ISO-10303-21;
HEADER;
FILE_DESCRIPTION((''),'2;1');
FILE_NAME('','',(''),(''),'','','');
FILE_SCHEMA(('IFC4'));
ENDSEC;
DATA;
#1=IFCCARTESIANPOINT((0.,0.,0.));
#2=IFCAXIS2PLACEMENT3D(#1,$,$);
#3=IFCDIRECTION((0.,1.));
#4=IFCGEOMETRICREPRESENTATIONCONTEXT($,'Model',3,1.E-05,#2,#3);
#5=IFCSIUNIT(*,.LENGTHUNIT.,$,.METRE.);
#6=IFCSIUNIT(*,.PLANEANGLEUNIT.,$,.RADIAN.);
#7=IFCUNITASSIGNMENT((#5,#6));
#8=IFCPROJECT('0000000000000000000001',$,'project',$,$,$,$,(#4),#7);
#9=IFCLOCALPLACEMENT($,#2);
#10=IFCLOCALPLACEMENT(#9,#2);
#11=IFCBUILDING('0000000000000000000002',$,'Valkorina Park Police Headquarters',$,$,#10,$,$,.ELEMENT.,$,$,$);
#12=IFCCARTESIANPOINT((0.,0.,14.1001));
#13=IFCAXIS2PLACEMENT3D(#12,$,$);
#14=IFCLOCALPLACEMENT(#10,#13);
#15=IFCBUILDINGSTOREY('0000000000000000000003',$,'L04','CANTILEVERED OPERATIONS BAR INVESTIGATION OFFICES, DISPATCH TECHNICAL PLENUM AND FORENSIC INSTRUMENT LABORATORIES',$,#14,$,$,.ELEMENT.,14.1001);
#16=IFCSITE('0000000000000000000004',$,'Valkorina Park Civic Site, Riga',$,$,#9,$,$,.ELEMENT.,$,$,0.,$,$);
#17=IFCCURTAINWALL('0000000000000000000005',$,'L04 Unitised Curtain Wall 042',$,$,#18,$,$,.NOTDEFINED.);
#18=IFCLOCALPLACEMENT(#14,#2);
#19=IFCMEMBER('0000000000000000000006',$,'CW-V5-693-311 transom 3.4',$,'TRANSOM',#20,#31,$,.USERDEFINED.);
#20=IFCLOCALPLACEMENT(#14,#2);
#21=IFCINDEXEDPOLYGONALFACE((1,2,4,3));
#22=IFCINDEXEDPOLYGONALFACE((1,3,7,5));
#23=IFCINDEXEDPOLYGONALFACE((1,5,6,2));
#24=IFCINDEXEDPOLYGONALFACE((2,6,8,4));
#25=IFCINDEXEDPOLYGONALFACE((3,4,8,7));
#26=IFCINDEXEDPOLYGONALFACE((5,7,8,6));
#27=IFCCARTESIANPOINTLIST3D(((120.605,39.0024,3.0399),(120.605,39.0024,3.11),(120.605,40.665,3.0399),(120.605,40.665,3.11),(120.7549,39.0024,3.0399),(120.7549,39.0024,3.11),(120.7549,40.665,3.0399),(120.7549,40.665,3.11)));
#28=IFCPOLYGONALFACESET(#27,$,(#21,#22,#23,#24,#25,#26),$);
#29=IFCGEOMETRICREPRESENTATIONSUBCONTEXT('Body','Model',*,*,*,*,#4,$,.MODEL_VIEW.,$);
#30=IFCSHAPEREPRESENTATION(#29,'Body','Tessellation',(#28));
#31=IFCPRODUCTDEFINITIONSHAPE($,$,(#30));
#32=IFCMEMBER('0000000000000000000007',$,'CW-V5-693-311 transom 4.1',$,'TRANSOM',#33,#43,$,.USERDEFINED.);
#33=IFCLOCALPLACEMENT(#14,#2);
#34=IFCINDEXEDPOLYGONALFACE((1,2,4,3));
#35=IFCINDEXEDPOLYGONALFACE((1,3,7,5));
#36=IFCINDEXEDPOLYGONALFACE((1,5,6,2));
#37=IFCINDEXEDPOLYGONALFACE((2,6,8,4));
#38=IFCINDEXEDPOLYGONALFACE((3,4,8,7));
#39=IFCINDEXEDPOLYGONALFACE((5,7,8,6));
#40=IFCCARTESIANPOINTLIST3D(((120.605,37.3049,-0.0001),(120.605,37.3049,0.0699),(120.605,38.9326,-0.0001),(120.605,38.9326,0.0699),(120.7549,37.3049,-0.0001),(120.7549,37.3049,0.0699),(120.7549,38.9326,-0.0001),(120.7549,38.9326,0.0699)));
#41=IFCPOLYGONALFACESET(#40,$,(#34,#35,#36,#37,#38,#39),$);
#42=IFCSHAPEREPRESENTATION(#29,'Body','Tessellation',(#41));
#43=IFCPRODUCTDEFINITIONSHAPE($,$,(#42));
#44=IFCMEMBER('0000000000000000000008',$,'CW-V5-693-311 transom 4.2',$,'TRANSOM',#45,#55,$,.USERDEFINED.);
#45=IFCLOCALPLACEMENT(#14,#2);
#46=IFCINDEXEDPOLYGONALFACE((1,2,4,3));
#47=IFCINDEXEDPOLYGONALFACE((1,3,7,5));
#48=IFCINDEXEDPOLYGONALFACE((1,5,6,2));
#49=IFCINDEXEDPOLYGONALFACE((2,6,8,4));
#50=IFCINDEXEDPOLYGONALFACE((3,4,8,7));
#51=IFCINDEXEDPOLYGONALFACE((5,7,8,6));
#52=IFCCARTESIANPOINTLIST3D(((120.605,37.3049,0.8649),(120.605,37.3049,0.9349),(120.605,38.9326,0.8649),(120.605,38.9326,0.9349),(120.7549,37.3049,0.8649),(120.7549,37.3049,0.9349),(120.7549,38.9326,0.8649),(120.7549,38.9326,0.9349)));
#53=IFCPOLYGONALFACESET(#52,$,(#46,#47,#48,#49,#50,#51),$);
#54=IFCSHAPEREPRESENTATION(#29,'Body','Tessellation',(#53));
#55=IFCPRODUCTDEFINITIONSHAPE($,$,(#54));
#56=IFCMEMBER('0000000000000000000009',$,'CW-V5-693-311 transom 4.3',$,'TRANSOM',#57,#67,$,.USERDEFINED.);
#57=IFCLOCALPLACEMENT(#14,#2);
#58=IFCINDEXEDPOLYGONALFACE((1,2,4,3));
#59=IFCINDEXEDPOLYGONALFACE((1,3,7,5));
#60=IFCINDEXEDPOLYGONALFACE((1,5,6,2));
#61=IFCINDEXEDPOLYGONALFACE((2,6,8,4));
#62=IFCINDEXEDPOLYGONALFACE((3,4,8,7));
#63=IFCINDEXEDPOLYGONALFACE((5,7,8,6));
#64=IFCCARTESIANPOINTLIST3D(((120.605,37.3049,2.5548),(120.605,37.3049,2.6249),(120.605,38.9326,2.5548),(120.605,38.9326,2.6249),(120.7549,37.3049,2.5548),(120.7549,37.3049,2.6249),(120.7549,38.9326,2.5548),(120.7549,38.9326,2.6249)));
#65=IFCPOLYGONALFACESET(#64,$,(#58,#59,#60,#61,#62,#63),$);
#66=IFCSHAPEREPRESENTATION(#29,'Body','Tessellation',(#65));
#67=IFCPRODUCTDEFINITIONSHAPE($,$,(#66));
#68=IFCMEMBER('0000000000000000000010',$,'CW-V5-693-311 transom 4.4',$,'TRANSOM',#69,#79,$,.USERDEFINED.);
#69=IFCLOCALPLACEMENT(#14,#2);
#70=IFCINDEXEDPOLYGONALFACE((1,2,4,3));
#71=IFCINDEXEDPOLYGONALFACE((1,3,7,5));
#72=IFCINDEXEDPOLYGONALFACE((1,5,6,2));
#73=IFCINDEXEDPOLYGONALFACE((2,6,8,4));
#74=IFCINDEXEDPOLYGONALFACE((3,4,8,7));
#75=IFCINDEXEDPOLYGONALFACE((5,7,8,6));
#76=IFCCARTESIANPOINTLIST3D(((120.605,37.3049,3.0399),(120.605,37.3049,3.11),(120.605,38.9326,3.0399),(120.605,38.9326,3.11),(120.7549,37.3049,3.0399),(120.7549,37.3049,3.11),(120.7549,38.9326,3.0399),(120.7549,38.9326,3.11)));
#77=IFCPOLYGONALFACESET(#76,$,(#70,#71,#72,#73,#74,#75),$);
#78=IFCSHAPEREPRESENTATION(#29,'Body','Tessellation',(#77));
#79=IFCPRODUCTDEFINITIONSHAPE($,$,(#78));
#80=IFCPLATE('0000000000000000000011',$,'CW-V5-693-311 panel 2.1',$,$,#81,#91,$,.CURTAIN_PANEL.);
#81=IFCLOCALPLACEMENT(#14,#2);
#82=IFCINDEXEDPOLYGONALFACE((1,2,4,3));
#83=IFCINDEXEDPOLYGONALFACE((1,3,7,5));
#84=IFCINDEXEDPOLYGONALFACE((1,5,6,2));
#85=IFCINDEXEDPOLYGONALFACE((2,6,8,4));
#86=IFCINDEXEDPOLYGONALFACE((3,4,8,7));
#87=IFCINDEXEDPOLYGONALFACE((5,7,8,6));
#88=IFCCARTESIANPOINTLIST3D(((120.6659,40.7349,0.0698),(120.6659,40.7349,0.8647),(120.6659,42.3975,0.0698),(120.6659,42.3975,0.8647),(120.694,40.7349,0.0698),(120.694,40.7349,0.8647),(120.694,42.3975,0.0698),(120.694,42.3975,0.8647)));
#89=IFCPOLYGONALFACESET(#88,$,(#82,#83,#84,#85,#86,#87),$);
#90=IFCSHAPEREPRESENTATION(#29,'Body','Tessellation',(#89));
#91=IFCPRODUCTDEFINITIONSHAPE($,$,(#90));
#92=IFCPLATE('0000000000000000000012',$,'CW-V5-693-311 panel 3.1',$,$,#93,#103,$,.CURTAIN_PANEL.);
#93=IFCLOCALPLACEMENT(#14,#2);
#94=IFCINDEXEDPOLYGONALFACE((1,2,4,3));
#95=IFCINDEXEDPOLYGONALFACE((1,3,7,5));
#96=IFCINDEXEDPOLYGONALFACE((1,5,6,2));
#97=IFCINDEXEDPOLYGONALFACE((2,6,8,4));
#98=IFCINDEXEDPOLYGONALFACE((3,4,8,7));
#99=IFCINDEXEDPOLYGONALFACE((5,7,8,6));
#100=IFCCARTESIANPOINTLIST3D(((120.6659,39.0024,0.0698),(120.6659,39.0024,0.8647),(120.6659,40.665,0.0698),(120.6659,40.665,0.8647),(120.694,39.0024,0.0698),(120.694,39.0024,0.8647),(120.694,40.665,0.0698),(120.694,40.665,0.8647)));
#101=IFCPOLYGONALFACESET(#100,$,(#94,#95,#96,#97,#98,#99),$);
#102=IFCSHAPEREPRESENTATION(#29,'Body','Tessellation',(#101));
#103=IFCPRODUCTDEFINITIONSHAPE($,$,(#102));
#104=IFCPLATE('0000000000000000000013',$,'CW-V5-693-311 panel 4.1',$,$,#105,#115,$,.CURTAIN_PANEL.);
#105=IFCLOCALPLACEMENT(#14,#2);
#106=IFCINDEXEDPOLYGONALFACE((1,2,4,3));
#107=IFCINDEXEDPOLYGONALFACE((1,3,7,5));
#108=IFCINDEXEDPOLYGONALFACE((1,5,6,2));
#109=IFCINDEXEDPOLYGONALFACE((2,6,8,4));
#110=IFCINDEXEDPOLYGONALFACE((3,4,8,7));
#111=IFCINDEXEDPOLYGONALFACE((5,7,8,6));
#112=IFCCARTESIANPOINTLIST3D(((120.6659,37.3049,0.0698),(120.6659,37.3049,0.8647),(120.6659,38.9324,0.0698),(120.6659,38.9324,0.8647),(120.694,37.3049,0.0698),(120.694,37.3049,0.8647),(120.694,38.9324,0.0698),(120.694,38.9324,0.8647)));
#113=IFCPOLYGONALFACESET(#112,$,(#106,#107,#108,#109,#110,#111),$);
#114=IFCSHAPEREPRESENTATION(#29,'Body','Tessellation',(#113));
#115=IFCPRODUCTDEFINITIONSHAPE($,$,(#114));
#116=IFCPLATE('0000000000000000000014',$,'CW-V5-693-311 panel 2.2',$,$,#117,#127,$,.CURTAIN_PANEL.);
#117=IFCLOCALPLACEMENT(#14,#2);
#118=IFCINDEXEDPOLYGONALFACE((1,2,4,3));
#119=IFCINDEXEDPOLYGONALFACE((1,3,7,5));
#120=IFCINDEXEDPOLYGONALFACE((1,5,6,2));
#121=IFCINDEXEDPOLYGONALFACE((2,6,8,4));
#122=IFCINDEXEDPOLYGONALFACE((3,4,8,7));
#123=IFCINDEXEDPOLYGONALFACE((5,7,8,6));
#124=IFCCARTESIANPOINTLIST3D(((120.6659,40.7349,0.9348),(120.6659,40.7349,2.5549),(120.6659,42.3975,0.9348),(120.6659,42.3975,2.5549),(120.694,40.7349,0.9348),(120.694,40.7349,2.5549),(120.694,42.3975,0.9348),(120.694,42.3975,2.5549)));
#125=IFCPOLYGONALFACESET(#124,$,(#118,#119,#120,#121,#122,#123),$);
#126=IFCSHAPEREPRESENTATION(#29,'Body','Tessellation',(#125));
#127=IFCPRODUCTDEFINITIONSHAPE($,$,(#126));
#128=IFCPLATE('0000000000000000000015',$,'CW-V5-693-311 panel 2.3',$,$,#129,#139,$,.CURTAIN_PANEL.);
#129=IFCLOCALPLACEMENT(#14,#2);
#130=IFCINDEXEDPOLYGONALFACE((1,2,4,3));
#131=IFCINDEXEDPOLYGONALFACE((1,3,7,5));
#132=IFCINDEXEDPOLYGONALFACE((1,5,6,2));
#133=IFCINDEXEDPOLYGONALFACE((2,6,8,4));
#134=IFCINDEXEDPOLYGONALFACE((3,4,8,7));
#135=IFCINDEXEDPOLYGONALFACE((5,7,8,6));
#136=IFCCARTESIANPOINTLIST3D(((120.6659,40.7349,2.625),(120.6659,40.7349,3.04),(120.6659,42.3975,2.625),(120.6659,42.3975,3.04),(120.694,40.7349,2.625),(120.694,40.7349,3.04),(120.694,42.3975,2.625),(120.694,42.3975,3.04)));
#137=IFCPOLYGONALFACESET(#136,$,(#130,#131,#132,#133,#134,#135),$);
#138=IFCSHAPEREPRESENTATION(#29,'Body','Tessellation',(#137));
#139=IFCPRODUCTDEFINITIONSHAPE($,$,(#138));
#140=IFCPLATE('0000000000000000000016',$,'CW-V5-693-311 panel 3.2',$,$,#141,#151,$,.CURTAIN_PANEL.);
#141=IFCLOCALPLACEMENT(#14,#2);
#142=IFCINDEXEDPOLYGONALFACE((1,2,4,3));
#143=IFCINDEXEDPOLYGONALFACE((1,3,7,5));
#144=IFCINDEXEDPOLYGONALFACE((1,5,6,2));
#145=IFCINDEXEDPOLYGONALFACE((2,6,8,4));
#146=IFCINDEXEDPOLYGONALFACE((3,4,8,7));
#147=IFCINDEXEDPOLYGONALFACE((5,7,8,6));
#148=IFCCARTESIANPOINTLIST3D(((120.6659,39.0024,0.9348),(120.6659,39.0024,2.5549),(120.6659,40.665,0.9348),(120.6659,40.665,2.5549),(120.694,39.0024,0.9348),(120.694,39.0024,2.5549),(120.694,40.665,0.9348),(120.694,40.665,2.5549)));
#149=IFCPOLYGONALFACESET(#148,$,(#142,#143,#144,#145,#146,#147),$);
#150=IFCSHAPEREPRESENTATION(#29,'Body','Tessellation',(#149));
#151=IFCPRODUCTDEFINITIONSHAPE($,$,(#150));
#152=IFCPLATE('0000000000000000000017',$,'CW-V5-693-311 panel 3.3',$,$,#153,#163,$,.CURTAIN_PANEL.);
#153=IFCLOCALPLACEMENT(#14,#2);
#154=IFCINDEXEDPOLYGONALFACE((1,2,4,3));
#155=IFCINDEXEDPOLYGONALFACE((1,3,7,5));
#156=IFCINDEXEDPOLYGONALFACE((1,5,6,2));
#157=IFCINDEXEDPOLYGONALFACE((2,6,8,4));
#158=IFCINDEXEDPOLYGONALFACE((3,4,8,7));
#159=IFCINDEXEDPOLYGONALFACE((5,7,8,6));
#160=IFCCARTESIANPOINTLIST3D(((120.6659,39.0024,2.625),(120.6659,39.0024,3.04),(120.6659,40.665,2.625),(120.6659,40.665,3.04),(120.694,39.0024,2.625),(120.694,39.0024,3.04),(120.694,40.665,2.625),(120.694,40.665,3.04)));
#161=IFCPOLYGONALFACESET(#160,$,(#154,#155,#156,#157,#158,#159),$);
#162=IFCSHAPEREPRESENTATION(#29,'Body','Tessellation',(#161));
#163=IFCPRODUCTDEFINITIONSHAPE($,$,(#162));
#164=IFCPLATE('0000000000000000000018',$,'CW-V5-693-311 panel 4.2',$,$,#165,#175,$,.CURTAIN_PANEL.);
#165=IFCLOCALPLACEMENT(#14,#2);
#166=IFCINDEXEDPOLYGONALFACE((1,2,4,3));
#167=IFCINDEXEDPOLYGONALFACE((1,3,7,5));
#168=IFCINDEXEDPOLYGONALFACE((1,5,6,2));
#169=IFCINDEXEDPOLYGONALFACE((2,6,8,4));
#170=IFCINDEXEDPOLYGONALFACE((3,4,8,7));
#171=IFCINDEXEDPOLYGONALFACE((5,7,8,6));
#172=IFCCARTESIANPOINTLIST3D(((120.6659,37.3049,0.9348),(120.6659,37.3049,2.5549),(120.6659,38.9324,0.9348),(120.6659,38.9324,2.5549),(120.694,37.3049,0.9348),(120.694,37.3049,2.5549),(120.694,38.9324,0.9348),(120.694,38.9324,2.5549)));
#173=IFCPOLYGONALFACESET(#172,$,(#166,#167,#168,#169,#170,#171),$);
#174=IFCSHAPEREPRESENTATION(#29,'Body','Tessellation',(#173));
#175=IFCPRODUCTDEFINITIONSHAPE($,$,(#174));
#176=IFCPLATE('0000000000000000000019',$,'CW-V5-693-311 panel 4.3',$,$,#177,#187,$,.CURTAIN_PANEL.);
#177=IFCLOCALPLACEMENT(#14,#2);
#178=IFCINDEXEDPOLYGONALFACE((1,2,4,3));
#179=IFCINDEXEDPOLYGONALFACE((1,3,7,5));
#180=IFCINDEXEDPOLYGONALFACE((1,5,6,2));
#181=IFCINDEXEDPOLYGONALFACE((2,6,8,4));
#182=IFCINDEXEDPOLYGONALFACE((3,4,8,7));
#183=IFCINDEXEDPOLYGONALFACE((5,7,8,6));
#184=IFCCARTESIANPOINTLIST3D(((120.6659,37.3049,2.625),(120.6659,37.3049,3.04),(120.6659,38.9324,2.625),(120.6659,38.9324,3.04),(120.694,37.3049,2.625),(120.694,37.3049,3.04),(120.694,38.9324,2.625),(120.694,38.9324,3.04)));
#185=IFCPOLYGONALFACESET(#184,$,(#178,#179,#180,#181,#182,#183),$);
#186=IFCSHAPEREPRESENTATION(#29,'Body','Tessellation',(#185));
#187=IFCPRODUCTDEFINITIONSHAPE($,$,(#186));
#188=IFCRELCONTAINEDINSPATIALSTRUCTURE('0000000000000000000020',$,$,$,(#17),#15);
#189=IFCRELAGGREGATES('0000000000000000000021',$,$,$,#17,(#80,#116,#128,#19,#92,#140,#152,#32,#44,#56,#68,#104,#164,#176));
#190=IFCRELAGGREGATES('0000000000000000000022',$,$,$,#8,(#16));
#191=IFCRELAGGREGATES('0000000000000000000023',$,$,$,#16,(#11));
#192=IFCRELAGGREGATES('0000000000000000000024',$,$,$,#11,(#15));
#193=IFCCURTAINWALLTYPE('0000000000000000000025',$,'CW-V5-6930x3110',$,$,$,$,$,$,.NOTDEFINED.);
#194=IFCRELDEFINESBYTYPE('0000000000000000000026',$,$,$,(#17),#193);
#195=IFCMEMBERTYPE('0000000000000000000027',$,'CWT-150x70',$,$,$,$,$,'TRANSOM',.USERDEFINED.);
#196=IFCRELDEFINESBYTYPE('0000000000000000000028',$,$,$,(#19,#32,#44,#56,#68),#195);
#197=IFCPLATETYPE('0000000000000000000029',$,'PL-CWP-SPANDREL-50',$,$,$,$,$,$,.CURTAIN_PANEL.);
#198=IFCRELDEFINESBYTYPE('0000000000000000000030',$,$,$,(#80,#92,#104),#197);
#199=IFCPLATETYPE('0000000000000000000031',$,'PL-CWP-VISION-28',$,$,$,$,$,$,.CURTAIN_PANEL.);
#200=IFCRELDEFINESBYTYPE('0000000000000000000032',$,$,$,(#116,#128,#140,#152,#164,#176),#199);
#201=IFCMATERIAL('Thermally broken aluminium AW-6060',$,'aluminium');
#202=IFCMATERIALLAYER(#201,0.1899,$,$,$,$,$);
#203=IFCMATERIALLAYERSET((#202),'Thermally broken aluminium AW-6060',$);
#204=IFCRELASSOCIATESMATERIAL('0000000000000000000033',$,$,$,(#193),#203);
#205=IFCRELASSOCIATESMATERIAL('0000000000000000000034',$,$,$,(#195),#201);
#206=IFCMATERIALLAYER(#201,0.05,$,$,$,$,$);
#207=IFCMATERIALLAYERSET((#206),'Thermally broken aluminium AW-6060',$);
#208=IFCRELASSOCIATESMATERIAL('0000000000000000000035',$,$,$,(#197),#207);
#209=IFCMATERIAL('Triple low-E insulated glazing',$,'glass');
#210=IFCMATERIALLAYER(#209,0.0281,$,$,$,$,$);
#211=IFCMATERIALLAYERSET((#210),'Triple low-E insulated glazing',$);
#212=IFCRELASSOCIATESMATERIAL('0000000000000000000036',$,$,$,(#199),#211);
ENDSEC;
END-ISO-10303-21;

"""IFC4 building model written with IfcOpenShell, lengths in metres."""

from ifc_helpers import new_model, si_unit, direction, frame, origin, origin_2d, place, context, subcontext, project, spatial, rectangle, extrude, material, layer, layer_set, material_profile, profile_set, type_object, element, aggregate, save


model = new_model("IFC4")

# Units and contexts
model_context = context("Model", 3, precision=1e-05, world=origin(), true_north=direction((0.0, 1.0)))
body_context = subcontext(model_context, "Body", "Model", "MODEL_VIEW")
ifc_project = project(units=[si_unit("LENGTHUNIT", "METRE"), si_unit("PLANEANGLEUNIT", "RADIAN")], contexts=[model_context])

# Site, building, storey
site_placement = place(None, origin())
site = spatial("IfcSite", under=ifc_project, at=site_placement, Name="Valkorina Park Civic Site, Riga", CompositionType="ELEMENT", RefElevation=0.0)
building_placement = place(site_placement, origin())
building = spatial("IfcBuilding", under=site, at=building_placement, Name="Valkorina Park Police Headquarters", CompositionType="ELEMENT")
storey_placement = place(building_placement, frame((0.0, 0.0, 14.1001)))
storey = spatial("IfcBuildingStorey", under=building, at=storey_placement, Name="L04", Description="CANTILEVERED OPERATIONS BAR INVESTIGATION OFFICES, DISPATCH TECHNICAL PLENUM AND FORENSIC INSTRUMENT LABORATORIES", CompositionType="ELEMENT", Elevation=14.1001)

# Curtain wall, members, plates
ifc_material_1 = material(Name="Thermally broken aluminium AW-6060", Category="aluminium")
ifc_layer_1 = layer(ifc_material_1, 0.1899)
ifc_layer_set_1 = layer_set([ifc_layer_1], Name="Thermally broken aluminium AW-6060")
curtain_wall_type = type_object("IfcCurtainWallType", Name="CW-V5-6930x3110", PredefinedType="NOTDEFINED", material=ifc_layer_set_1)
curtain_wall_placement = place(storey_placement, origin())
curtain_wall = element("IfcCurtainWall", 1, at=curtain_wall_placement, inside=storey, type_object=curtain_wall_type, Name="L04 Unitised Curtain Wall 042", PredefinedType="NOTDEFINED")
ifc_material_profile_1 = material_profile(ifc_material_1, rectangle(XDim=0.1499, YDim=0.0701, at=origin_2d()), Name="CWT-02 150x70")
ifc_profile_set_1 = profile_set([ifc_material_profile_1], Name="Thermally broken aluminium AW-6060")
member_type = type_object("IfcMemberType", Name="CWT-150x70", ElementType="TRANSOM", PredefinedType="USERDEFINED", material=ifc_profile_set_1)
member_1_placement = place(storey_placement, frame((120.6799, 40.665, 3.075), z_axis=(0.0, -1.0, 0.0), x_axis=(1.0, 0.0, 0.0)))
member_1 = element("IfcMember", 2, at=member_1_placement, type_object=member_type, Name="CW-V5-693-311 transom 3.4", ObjectType="TRANSOM", PredefinedType="USERDEFINED", context=body_context, shape_type="SweptSolid", body=[
    extrude(rectangle(XDim=0.1499, YDim=0.0701, at=origin_2d()), origin(), (0.0, 0.0, 1.0), 1.6626),
])
member_2_placement = place(storey_placement, frame((120.6799, 38.9326, 0.0349), z_axis=(0.0, -1.0, 0.0), x_axis=(1.0, 0.0, 0.0)))
member_2 = element("IfcMember", 3, at=member_2_placement, type_object=member_type, Name="CW-V5-693-311 transom 4.1", ObjectType="TRANSOM", PredefinedType="USERDEFINED", context=body_context, shape_type="SweptSolid", body=[
    extrude(rectangle(XDim=0.1499, YDim=0.0701, at=origin_2d()), origin(), (0.0, 0.0, 1.0), 1.6277),
])
member_3_placement = place(storey_placement, frame((120.6799, 38.9326, 0.8999), z_axis=(0.0, -1.0, 0.0), x_axis=(1.0, 0.0, 0.0)))
member_3 = element("IfcMember", 4, at=member_3_placement, type_object=member_type, Name="CW-V5-693-311 transom 4.2", ObjectType="TRANSOM", PredefinedType="USERDEFINED", context=body_context, shape_type="SweptSolid", body=[
    extrude(rectangle(XDim=0.1499, YDim=0.0701, at=origin_2d()), origin(), (0.0, 0.0, 1.0), 1.6277),
])
member_4_placement = place(storey_placement, frame((120.6799, 38.9326, 2.5898), z_axis=(0.0, -1.0, 0.0), x_axis=(1.0, 0.0, 0.0)))
member_4 = element("IfcMember", 5, at=member_4_placement, type_object=member_type, Name="CW-V5-693-311 transom 4.3", ObjectType="TRANSOM", PredefinedType="USERDEFINED", context=body_context, shape_type="SweptSolid", body=[
    extrude(rectangle(XDim=0.1499, YDim=0.0701, at=origin_2d()), origin(), (0.0, 0.0, 1.0), 1.6277),
])
member_5_placement = place(storey_placement, frame((120.6799, 38.9326, 3.075), z_axis=(0.0, -1.0, 0.0), x_axis=(1.0, 0.0, 0.0)))
member_5 = element("IfcMember", 6, at=member_5_placement, type_object=member_type, Name="CW-V5-693-311 transom 4.4", ObjectType="TRANSOM", PredefinedType="USERDEFINED", context=body_context, shape_type="SweptSolid", body=[
    extrude(rectangle(XDim=0.1499, YDim=0.0701, at=origin_2d()), origin(), (0.0, 0.0, 1.0), 1.6277),
])
ifc_layer_2 = layer(ifc_material_1, 0.05)
ifc_layer_set_2 = layer_set([ifc_layer_2], Name="Thermally broken aluminium AW-6060")
plate_type_1 = type_object("IfcPlateType", Name="PL-CWP-SPANDREL-50", PredefinedType="CURTAIN_PANEL", material=ifc_layer_set_2)
plate_1_placement = place(storey_placement, frame((120.6799, 41.5662, 0.0698), z_axis=(0.0, 0.0, 1.0), x_axis=(0.0, -1.0, 0.0)))
plate_1 = element("IfcPlate", 7, at=plate_1_placement, type_object=plate_type_1, Name="CW-V5-693-311 panel 2.1", PredefinedType="CURTAIN_PANEL", context=body_context, shape_type="SweptSolid", body=[
    extrude(rectangle(XDim=1.6626, YDim=0.0281, at=origin_2d()), origin(), (0.0, 0.0, 1.0), 0.7949),
])
plate_2_placement = place(storey_placement, frame((120.6799, 39.8337, 0.0698), z_axis=(0.0, 0.0, 1.0), x_axis=(0.0, -1.0, 0.0)))
plate_2 = element("IfcPlate", 8, at=plate_2_placement, type_object=plate_type_1, Name="CW-V5-693-311 panel 3.1", PredefinedType="CURTAIN_PANEL", context=body_context, shape_type="SweptSolid", body=[
    extrude(rectangle(XDim=1.6626, YDim=0.0281, at=origin_2d()), origin(), (0.0, 0.0, 1.0), 0.7949),
])
plate_3_placement = place(storey_placement, frame((120.6799, 38.1187, 0.0698), z_axis=(0.0, 0.0, 1.0), x_axis=(0.0, -1.0, 0.0)))
plate_3 = element("IfcPlate", 9, at=plate_3_placement, type_object=plate_type_1, Name="CW-V5-693-311 panel 4.1", PredefinedType="CURTAIN_PANEL", context=body_context, shape_type="SweptSolid", body=[
    extrude(rectangle(XDim=1.6274, YDim=0.0281, at=origin_2d()), origin(), (0.0, 0.0, 1.0), 0.7949),
])
ifc_material_2 = material(Name="Triple low-E insulated glazing", Category="glass")
ifc_layer_3 = layer(ifc_material_2, 0.0281)
ifc_layer_set_3 = layer_set([ifc_layer_3], Name="Triple low-E insulated glazing")
plate_type_2 = type_object("IfcPlateType", Name="PL-CWP-VISION-28", PredefinedType="CURTAIN_PANEL", material=ifc_layer_set_3)
plate_4_placement = place(storey_placement, frame((120.6799, 41.5662, 0.9348), z_axis=(0.0, 0.0, 1.0), x_axis=(0.0, -1.0, 0.0)))
plate_4 = element("IfcPlate", 10, at=plate_4_placement, type_object=plate_type_2, Name="CW-V5-693-311 panel 2.2", PredefinedType="CURTAIN_PANEL", context=body_context, shape_type="SweptSolid", body=[
    extrude(rectangle(XDim=1.6626, YDim=0.0281, at=origin_2d()), origin(), (0.0, 0.0, 1.0), 1.6201),
])
plate_5_placement = place(storey_placement, frame((120.6799, 41.5662, 2.625), z_axis=(0.0, 0.0, 1.0), x_axis=(0.0, -1.0, 0.0)))
plate_5 = element("IfcPlate", 11, at=plate_5_placement, type_object=plate_type_2, Name="CW-V5-693-311 panel 2.3", PredefinedType="CURTAIN_PANEL", context=body_context, shape_type="SweptSolid", body=[
    extrude(rectangle(XDim=1.6626, YDim=0.0281, at=origin_2d()), origin(), (0.0, 0.0, 1.0), 0.415),
])
plate_6_placement = place(storey_placement, frame((120.6799, 39.8337, 0.9348), z_axis=(0.0, 0.0, 1.0), x_axis=(0.0, -1.0, 0.0)))
plate_6 = element("IfcPlate", 12, at=plate_6_placement, type_object=plate_type_2, Name="CW-V5-693-311 panel 3.2", PredefinedType="CURTAIN_PANEL", context=body_context, shape_type="SweptSolid", body=[
    extrude(rectangle(XDim=1.6626, YDim=0.0281, at=origin_2d()), origin(), (0.0, 0.0, 1.0), 1.6201),
])
plate_7_placement = place(storey_placement, frame((120.6799, 39.8337, 2.625), z_axis=(0.0, 0.0, 1.0), x_axis=(0.0, -1.0, 0.0)))
plate_7 = element("IfcPlate", 13, at=plate_7_placement, type_object=plate_type_2, Name="CW-V5-693-311 panel 3.3", PredefinedType="CURTAIN_PANEL", context=body_context, shape_type="SweptSolid", body=[
    extrude(rectangle(XDim=1.6626, YDim=0.0281, at=origin_2d()), origin(), (0.0, 0.0, 1.0), 0.415),
])
plate_8_placement = place(storey_placement, frame((120.6799, 38.1187, 0.9348), z_axis=(0.0, 0.0, 1.0), x_axis=(0.0, -1.0, 0.0)))
plate_8 = element("IfcPlate", 14, at=plate_8_placement, type_object=plate_type_2, Name="CW-V5-693-311 panel 4.2", PredefinedType="CURTAIN_PANEL", context=body_context, shape_type="SweptSolid", body=[
    extrude(rectangle(XDim=1.6274, YDim=0.0281, at=origin_2d()), origin(), (0.0, 0.0, 1.0), 1.6201),
])
plate_9_placement = place(storey_placement, frame((120.6799, 38.1187, 2.625), z_axis=(0.0, 0.0, 1.0), x_axis=(0.0, -1.0, 0.0)))
plate_9 = element("IfcPlate", 15, at=plate_9_placement, type_object=plate_type_2, Name="CW-V5-693-311 panel 4.3", PredefinedType="CURTAIN_PANEL", context=body_context, shape_type="SweptSolid", body=[
    extrude(rectangle(XDim=1.6274, YDim=0.0281, at=origin_2d()), origin(), (0.0, 0.0, 1.0), 0.415),
])
aggregate(curtain_wall, [plate_1, plate_4, plate_5, member_1, plate_2, plate_6, plate_7, member_2, member_3, member_4, member_5, plate_3, plate_8, plate_9])

save(model, "model.ifc")
